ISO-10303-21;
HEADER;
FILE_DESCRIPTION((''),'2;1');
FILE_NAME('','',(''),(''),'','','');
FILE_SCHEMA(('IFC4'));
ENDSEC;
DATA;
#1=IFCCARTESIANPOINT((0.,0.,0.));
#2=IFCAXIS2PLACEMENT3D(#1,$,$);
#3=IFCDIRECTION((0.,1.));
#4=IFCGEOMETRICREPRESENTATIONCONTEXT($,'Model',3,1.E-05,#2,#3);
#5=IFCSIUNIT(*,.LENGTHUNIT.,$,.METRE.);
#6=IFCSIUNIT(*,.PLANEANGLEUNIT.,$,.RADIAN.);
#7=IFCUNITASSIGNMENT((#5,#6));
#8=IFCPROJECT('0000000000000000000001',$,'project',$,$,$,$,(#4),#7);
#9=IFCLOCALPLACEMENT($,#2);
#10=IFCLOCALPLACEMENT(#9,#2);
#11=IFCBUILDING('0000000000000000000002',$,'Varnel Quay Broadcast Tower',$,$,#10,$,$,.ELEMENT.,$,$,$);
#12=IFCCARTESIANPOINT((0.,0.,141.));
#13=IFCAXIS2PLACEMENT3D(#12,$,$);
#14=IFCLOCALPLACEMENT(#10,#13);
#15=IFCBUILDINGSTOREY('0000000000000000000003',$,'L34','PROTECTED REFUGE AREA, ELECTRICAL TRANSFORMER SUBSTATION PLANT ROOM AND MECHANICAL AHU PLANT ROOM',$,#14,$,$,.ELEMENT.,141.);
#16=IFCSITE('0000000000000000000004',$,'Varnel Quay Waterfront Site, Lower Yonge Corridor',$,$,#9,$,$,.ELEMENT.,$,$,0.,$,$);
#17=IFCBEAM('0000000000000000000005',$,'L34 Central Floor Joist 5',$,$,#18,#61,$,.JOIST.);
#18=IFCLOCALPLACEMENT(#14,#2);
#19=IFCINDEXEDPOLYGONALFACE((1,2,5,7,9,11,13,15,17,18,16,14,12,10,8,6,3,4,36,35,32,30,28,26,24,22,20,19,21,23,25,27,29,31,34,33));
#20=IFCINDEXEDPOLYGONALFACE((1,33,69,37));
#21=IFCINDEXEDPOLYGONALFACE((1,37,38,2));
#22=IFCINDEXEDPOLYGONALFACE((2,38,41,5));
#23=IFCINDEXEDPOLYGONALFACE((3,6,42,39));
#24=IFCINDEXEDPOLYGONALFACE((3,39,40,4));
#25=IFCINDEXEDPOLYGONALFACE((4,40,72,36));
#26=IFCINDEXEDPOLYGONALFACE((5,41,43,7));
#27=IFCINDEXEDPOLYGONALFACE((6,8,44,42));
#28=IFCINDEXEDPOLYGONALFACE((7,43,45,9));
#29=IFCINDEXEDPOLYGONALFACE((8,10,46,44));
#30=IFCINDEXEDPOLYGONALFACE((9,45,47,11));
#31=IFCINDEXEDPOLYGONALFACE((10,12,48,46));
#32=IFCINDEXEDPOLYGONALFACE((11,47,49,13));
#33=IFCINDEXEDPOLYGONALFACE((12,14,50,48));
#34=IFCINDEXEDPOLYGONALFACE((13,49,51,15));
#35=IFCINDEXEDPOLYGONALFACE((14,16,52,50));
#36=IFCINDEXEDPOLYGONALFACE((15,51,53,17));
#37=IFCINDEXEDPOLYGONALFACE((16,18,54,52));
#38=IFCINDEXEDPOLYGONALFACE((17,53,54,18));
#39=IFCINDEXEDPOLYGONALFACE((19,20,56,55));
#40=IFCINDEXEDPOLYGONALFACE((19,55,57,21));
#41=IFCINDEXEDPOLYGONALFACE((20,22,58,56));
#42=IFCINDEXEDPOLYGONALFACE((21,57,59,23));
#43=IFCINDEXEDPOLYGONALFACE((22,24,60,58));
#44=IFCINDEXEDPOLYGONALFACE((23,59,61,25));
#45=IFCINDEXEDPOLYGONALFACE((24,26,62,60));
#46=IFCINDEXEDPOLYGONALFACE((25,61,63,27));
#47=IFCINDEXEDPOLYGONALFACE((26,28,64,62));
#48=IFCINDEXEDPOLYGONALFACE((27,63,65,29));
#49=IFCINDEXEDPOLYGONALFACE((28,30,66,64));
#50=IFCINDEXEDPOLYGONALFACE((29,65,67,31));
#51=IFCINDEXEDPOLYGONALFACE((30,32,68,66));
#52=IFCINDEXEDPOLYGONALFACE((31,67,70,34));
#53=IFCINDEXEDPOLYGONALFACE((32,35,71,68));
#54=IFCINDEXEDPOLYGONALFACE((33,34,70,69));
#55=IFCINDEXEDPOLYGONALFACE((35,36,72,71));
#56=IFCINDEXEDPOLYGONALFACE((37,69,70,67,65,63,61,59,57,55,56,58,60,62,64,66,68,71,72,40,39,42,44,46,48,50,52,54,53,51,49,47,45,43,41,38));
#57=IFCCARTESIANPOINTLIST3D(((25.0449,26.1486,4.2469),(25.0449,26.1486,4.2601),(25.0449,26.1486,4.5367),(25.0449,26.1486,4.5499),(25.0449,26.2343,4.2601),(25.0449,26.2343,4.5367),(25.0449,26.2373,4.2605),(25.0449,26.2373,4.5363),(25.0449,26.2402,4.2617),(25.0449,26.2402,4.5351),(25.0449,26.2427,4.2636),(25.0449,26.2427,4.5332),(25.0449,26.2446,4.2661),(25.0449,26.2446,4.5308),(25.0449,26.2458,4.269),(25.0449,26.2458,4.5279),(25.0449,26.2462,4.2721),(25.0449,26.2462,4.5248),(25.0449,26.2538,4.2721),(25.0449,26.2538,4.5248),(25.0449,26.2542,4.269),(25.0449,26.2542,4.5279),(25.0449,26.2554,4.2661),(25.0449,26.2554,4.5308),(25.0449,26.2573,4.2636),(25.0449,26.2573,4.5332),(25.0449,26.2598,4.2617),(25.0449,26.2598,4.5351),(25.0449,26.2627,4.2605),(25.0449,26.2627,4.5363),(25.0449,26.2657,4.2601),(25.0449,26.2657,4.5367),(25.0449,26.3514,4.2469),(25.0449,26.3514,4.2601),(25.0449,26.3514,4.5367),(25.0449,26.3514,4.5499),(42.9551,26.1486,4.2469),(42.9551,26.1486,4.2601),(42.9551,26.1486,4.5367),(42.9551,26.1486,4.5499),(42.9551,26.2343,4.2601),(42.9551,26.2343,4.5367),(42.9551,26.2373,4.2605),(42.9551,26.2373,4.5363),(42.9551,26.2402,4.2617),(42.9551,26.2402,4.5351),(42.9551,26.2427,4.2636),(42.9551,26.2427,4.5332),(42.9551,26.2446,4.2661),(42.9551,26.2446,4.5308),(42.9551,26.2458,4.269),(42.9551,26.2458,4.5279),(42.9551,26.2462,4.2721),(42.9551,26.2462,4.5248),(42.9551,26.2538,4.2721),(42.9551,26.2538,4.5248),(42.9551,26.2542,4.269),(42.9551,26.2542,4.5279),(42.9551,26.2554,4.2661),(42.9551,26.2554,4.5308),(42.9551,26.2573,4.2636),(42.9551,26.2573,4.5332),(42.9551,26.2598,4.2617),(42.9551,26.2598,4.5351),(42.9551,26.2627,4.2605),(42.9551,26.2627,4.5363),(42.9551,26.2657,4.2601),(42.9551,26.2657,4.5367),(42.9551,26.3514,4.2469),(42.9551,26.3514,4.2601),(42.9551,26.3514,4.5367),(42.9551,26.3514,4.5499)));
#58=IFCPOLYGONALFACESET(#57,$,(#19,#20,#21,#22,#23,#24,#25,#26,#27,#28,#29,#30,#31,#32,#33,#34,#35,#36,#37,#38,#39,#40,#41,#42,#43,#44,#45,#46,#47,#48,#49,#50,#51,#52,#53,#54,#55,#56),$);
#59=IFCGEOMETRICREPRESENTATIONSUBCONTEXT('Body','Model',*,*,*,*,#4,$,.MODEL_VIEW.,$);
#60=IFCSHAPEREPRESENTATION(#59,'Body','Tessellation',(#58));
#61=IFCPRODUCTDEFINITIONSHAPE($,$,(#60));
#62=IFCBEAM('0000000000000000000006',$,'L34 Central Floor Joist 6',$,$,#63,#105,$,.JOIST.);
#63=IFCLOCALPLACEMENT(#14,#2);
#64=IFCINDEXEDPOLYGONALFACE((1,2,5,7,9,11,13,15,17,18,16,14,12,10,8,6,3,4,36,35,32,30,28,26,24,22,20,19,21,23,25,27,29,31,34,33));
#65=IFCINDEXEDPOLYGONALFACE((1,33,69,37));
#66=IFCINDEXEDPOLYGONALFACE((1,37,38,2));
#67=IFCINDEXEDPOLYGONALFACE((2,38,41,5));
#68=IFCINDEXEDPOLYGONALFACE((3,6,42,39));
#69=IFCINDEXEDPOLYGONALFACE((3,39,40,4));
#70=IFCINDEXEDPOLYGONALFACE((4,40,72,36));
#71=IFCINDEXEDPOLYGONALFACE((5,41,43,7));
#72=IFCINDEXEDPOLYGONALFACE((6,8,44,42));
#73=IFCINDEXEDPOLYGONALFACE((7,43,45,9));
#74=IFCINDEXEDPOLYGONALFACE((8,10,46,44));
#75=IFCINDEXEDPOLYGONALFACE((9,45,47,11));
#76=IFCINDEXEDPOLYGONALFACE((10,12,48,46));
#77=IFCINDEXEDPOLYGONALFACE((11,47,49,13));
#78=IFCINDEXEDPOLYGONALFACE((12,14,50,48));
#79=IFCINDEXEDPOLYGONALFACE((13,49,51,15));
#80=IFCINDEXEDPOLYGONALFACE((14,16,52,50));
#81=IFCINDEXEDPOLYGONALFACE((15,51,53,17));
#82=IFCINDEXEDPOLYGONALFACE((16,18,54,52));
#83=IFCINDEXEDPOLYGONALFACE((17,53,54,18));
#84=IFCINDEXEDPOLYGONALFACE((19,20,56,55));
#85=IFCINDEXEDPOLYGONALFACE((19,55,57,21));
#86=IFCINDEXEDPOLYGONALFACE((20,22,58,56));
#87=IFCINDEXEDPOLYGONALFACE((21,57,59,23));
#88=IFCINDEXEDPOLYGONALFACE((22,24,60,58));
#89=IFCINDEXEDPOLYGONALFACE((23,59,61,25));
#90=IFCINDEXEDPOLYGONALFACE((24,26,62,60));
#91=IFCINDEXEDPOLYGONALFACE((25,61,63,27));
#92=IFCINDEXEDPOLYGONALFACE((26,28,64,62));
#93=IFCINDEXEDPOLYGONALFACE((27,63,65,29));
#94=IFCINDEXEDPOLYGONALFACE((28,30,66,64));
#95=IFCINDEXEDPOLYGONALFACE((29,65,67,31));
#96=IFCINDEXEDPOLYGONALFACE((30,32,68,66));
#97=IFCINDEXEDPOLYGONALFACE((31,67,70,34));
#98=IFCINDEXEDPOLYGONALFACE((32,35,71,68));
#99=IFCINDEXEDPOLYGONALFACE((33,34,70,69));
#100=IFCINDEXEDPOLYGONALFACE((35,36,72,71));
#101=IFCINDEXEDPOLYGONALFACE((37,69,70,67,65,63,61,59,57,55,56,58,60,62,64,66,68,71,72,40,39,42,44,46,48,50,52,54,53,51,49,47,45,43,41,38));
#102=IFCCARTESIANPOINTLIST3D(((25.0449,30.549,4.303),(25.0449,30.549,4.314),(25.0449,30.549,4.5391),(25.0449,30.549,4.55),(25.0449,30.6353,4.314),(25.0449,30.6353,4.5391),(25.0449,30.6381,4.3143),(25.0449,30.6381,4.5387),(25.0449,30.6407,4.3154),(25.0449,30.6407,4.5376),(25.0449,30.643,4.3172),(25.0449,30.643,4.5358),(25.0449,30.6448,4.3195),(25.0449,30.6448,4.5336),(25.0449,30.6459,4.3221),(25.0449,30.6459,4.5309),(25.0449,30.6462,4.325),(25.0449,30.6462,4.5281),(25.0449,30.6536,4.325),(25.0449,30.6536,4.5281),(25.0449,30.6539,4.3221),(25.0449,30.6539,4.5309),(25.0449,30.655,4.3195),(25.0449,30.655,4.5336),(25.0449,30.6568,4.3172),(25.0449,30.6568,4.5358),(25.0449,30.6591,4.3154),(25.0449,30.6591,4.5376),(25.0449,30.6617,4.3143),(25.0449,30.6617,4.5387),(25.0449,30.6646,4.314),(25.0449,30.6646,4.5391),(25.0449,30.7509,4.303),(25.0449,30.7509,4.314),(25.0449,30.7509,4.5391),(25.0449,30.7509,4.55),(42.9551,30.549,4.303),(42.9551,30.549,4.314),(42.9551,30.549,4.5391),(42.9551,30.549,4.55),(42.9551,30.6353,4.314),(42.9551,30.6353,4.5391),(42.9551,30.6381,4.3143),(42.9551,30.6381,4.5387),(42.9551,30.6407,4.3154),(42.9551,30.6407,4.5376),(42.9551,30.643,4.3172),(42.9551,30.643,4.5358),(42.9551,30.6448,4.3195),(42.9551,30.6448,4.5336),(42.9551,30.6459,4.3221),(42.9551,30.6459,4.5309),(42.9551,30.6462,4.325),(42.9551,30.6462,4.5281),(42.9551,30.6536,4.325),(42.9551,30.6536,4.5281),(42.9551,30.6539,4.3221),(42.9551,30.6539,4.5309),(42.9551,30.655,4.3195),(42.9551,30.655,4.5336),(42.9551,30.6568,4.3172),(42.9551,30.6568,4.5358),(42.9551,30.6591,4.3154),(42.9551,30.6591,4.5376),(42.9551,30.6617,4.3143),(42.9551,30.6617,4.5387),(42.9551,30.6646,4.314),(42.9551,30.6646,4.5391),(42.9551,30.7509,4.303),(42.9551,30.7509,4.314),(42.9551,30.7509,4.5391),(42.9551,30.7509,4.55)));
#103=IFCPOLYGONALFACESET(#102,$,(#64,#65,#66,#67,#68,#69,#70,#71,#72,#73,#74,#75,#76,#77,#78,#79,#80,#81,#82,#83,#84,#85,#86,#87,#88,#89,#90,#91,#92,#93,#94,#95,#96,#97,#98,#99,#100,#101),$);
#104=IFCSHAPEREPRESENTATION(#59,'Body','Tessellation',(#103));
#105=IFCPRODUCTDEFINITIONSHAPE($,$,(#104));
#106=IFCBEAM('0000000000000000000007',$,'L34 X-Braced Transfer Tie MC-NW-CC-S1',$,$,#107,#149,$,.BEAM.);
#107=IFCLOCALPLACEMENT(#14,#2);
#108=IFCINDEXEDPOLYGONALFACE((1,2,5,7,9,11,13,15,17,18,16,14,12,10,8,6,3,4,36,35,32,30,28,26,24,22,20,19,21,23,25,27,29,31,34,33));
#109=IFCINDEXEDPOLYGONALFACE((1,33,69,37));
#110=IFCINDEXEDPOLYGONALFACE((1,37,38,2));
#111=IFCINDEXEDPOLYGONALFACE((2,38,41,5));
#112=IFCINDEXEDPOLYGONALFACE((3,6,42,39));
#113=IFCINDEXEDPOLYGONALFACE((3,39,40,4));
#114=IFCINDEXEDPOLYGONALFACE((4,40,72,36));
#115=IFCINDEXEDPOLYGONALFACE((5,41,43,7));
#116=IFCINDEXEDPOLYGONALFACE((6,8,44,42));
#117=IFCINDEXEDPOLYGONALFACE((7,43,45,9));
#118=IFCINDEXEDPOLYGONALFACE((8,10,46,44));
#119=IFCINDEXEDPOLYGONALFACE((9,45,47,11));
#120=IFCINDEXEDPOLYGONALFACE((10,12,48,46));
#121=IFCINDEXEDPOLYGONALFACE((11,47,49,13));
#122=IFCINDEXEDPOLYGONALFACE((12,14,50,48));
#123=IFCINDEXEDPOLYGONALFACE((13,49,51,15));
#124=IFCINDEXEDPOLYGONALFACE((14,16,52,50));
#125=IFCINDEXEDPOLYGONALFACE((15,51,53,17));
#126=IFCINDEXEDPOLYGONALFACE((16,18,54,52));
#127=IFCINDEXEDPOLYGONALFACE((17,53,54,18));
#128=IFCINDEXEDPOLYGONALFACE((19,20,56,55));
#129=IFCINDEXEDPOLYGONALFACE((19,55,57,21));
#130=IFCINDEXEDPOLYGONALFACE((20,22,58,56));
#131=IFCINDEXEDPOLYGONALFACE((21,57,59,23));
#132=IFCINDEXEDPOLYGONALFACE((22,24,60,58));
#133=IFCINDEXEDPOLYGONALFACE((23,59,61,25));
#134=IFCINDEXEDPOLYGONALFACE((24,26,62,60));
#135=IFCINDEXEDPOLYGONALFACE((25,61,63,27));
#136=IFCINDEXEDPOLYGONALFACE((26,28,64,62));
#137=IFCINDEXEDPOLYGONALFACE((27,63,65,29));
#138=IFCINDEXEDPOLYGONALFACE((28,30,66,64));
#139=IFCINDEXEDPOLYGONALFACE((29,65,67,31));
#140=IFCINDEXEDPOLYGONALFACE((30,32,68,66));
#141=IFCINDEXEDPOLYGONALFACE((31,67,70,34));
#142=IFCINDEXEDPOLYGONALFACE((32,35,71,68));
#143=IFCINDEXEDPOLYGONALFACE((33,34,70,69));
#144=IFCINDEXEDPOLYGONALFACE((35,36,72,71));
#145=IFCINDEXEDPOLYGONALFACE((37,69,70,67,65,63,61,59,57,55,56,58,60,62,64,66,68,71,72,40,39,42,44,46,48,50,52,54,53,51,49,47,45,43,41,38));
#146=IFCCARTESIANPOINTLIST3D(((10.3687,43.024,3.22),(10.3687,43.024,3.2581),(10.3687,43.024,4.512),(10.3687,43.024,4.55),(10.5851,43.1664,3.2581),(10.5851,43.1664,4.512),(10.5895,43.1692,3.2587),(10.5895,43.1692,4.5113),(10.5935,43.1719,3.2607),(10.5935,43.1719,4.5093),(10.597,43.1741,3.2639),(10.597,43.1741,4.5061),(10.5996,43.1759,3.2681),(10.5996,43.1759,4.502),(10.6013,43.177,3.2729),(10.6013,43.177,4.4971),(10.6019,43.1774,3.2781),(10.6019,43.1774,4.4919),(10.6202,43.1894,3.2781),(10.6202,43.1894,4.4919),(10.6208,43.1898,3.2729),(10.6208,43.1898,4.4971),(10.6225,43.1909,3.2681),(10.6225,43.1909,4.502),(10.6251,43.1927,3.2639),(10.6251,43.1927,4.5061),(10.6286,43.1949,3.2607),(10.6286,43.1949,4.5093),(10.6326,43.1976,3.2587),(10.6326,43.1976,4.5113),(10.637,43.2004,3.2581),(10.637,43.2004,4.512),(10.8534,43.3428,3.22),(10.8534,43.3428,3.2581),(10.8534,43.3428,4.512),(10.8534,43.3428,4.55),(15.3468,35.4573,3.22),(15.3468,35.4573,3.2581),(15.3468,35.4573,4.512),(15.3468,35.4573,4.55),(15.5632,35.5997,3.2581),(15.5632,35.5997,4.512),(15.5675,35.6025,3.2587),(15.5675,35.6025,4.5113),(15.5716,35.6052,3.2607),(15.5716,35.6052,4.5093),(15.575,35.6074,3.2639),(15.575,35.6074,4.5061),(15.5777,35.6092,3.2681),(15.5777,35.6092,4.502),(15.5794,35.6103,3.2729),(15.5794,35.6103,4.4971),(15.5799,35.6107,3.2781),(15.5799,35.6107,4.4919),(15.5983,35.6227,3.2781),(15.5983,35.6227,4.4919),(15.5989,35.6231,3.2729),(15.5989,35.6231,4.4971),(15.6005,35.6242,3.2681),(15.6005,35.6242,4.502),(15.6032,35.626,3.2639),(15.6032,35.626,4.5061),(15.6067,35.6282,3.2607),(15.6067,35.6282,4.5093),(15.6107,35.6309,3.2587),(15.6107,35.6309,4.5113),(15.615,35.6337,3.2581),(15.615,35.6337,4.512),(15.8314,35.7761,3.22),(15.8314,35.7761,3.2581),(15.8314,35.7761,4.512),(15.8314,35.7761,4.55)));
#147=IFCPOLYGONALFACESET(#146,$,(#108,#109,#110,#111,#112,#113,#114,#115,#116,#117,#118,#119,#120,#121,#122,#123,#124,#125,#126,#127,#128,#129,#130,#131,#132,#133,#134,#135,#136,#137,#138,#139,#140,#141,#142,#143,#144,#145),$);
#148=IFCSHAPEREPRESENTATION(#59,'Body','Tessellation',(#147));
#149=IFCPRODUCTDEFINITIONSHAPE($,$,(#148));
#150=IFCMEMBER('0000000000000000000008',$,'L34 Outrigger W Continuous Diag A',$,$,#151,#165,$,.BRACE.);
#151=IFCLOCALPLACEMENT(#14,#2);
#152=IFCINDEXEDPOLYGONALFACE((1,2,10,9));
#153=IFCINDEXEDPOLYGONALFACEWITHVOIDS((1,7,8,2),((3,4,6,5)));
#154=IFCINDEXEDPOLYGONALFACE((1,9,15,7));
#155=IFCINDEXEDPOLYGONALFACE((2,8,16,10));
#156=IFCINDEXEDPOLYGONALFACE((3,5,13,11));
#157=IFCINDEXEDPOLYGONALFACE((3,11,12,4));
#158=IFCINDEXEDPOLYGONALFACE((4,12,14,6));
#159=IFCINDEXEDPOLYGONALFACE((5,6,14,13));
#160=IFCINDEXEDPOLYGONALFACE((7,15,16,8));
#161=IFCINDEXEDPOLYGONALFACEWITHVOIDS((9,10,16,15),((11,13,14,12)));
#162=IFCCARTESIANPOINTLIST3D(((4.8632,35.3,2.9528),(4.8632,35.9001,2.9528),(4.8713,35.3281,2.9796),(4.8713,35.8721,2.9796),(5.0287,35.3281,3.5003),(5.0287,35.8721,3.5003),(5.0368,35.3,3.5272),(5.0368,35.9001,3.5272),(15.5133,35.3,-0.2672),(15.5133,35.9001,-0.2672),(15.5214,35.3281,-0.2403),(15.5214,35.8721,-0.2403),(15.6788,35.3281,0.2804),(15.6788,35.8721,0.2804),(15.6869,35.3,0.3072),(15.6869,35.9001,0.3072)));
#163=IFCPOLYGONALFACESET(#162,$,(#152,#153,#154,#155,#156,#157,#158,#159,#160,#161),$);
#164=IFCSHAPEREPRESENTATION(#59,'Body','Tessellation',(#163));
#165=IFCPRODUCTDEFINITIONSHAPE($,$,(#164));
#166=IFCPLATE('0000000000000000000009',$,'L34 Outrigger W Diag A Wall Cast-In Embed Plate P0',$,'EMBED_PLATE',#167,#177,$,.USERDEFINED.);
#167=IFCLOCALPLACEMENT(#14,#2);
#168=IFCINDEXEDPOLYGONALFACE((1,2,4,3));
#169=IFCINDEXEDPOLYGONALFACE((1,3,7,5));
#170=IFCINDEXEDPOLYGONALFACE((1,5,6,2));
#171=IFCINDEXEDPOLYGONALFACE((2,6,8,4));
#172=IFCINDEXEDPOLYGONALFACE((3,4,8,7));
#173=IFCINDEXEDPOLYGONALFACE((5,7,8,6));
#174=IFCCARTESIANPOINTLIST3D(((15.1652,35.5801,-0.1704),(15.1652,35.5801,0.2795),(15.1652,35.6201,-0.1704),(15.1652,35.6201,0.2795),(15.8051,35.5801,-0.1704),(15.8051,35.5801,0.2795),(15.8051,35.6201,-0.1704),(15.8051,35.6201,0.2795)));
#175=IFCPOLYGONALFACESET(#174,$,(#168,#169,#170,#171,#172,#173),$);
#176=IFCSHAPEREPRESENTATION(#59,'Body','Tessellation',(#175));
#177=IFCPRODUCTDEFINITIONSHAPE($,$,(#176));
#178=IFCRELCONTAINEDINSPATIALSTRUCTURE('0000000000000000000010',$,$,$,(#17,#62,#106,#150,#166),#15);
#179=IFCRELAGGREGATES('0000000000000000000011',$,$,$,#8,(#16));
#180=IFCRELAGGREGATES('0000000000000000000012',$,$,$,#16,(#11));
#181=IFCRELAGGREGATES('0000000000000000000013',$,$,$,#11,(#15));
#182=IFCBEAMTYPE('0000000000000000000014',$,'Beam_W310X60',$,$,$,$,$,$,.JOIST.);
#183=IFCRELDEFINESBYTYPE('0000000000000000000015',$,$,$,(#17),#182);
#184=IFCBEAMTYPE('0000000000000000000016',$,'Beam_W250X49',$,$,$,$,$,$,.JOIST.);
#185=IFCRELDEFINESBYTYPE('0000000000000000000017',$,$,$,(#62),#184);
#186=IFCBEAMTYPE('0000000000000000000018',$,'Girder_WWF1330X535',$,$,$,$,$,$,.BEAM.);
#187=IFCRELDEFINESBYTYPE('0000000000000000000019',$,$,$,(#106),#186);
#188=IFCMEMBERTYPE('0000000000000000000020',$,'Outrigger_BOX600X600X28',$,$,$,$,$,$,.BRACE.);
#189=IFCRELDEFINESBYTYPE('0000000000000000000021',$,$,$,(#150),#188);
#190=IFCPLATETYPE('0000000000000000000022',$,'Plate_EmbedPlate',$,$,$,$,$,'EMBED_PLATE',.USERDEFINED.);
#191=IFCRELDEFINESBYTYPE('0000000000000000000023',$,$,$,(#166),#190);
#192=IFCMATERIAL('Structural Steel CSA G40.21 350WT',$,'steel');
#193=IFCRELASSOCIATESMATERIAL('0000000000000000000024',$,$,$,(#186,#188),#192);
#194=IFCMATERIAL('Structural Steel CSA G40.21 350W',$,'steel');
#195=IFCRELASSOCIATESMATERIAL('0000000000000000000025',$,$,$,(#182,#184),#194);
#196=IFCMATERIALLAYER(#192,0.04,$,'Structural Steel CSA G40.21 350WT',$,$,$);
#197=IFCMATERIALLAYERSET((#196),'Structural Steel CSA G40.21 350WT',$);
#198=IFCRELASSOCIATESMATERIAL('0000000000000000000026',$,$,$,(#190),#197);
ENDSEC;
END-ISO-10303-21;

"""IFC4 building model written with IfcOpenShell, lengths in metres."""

from ifc_helpers import new_model, si_unit, direction, frame, origin, origin_2d, place, context, subcontext, project, spatial, rectangle, hollow_rectangle, i_section, extrude, source, transform, mapped, material, layer, layer_set, material_profile, profile_set, type_object, type_shapes, element, save


model = new_model("IFC4")

# Units and contexts
model_context = context("Model", 3, precision=1e-05, world=origin(), true_north=direction((0.0, 1.0)))
body_context = subcontext(model_context, "Body", "Model", "MODEL_VIEW")
ifc_project = project(units=[si_unit("LENGTHUNIT", "METRE"), si_unit("PLANEANGLEUNIT", "RADIAN")], contexts=[model_context])

# Site, building, storey
site_placement = place(None, origin())
site = spatial("IfcSite", under=ifc_project, at=site_placement, Name="Varnel Quay Waterfront Site, Lower Yonge Corridor", CompositionType="ELEMENT", RefElevation=0.0)
building_placement = place(site_placement, origin())
building = spatial("IfcBuilding", under=site, at=building_placement, Name="Varnel Quay Broadcast Tower", CompositionType="ELEMENT")
storey_placement = place(building_placement, frame((0.0, 0.0, 141.0)))
storey = spatial("IfcBuildingStorey", under=building, at=storey_placement, Name="L34", Description="PROTECTED REFUGE AREA, ELECTRICAL TRANSFORMER SUBSTATION PLANT ROOM AND MECHANICAL AHU PLANT ROOM", CompositionType="ELEMENT", Elevation=141.0)

# Shared definitions
ifc_material_1 = material(Name="Structural Steel CSA G40.21 350WT", Category="steel")

# Beams
ifc_material_profile_1 = material_profile(ifc_material_1, i_section(OverallWidth=0.5801, OverallDepth=1.3301, WebThickness=0.022, FlangeThickness=0.0381, FilletRadius=0.02, at=origin_2d()), Name="WWF1330X535")
ifc_profile_set_1 = profile_set([ifc_material_profile_1], Name="Structural Steel CSA G40.21 350WT")
beam_type_1 = type_object("IfcBeamType", Name="Girder_WWF1330X535", PredefinedType="BEAM", material=ifc_profile_set_1)
ifc_material_2 = material(Name="Structural Steel CSA G40.21 350W", Category="steel")
ifc_material_profile_2 = material_profile(ifc_material_2, i_section(OverallWidth=0.2029, OverallDepth=0.303, WebThickness=0.0076, FlangeThickness=0.0132, FilletRadius=0.012, at=origin_2d()), Name="W310X60")
ifc_profile_set_2 = profile_set([ifc_material_profile_2], Name="Structural Steel CSA G40.21 350W")
beam_type_2 = type_object("IfcBeamType", Name="Beam_W310X60", PredefinedType="JOIST", material=ifc_profile_set_2)
shared_shape_1 = source(origin(), body_context, "Body", "SweptSolid", [
    extrude(i_section(OverallWidth=0.2029, OverallDepth=0.303, WebThickness=0.0076, FlangeThickness=0.0132, FilletRadius=0.012, at=origin_2d()), origin(), (0.0, 0.0, 1.0), 17.9102),
])
type_shapes(beam_type_2, [shared_shape_1])
beam_1_placement = place(storey_placement, frame((25.0449, 26.25, 4.3984), z_axis=(1.0, 0.0, 0.0), x_axis=(0.0, 1.0, 0.0)))
element("IfcBeam", 1, at=beam_1_placement, inside=storey, type_object=beam_type_2, Name="L34 Central Floor Joist 5", PredefinedType="JOIST", context=body_context, shape_type="MappedRepresentation", body=[
    mapped(shared_shape_1, transform((0.0, 0.0, 0.0), x_axis=(1.0, 0.0, 0.0), y_axis=(0.0, 1.0, 0.0), z_axis=(0.0, 0.0, 1.0), scale=1.0)),
])
ifc_material_profile_3 = material_profile(ifc_material_2, i_section(OverallWidth=0.2019, OverallDepth=0.2471, WebThickness=0.0073, FlangeThickness=0.011, FilletRadius=0.011, at=origin_2d()), Name="W250X49")
ifc_profile_set_3 = profile_set([ifc_material_profile_3], Name="Structural Steel CSA G40.21 350W")
beam_type_3 = type_object("IfcBeamType", Name="Beam_W250X49", PredefinedType="JOIST", material=ifc_profile_set_3)
shared_shape_2 = source(origin(), body_context, "Body", "SweptSolid", [
    extrude(i_section(OverallWidth=0.2019, OverallDepth=0.2471, WebThickness=0.0073, FlangeThickness=0.011, FilletRadius=0.011, at=origin_2d()), origin(), (0.0, 0.0, 1.0), 17.9102),
])
type_shapes(beam_type_3, [shared_shape_2])
beam_2_placement = place(storey_placement, frame((25.0449, 30.6499, 4.4265), z_axis=(1.0, 0.0, 0.0), x_axis=(0.0, 1.0, 0.0)))
element("IfcBeam", 2, at=beam_2_placement, inside=storey, type_object=beam_type_3, Name="L34 Central Floor Joist 6", PredefinedType="JOIST", context=body_context, shape_type="MappedRepresentation", body=[
    mapped(shared_shape_2, transform((0.0, 0.0, 0.0), x_axis=(1.0, 0.0, 0.0), y_axis=(0.0, 1.0, 0.0), z_axis=(0.0, 0.0, 1.0), scale=1.0)),
])
shared_shape_3 = source(origin(), body_context, "Body", "SweptSolid", [
    extrude(i_section(OverallWidth=0.5801, OverallDepth=1.3301, WebThickness=0.022, FlangeThickness=0.0381, FilletRadius=0.02, at=origin_2d()), origin(), (0.0, 0.0, 1.0), 9.0574),
])
beam_3_placement = place(storey_placement, frame((15.5891, 35.6167, 3.885), z_axis=(-0.549614, 0.835419, 0.0), x_axis=(-0.835419, -0.549614, 0.0)))
element("IfcBeam", 3, at=beam_3_placement, inside=storey, type_object=beam_type_1, Name="L34 X-Braced Transfer Tie MC-NW-CC-S1", PredefinedType="BEAM", context=body_context, shape_type="MappedRepresentation", body=[
    mapped(shared_shape_3, transform((0.0, 0.0, 0.0), x_axis=(1.0, 0.0, 0.0), y_axis=(0.0, 1.0, 0.0), z_axis=(0.0, 0.0, 1.0), scale=1.0)),
])

# Member
ifc_material_profile_4 = material_profile(ifc_material_1, hollow_rectangle(XDim=0.6001, YDim=0.6001, WallThickness=0.0281, at=origin_2d()), Name="BOX600X600X28")
ifc_profile_set_4 = profile_set([ifc_material_profile_4], Name="Structural Steel CSA G40.21 350WT")
member_type = type_object("IfcMemberType", Name="Outrigger_BOX600X600X28", PredefinedType="BRACE", material=ifc_profile_set_4)
shared_shape_4 = source(origin(), body_context, "Body", "SweptSolid", [
    extrude(hollow_rectangle(XDim=0.6001, YDim=0.6001, WallThickness=0.0281, at=origin_2d()), origin(), (0.0, 0.0, 1.0), 11.1262),
])
type_shapes(member_type, [shared_shape_4])
member_placement = place(storey_placement, frame((15.6001, 35.6001, 0.02), z_axis=(-0.957207, 0.0, 0.289403), x_axis=(0.0, -1.0, 0.0)))
element("IfcMember", 4, at=member_placement, inside=storey, type_object=member_type, Name="L34 Outrigger W Continuous Diag A", PredefinedType="BRACE", context=body_context, shape_type="MappedRepresentation", body=[
    mapped(shared_shape_4, transform((0.0, 0.0, 0.0), x_axis=(1.0, 0.0, 0.0), y_axis=(0.0, 1.0, 0.0), z_axis=(0.0, 0.0, 1.0), scale=1.0)),
])

# Plate
ifc_layer_1 = layer(ifc_material_1, 0.04, Name="Structural Steel CSA G40.21 350WT")
ifc_layer_set_1 = layer_set([ifc_layer_1], Name="Structural Steel CSA G40.21 350WT")
plate_type = type_object("IfcPlateType", Name="Plate_EmbedPlate", ElementType="EMBED_PLATE", PredefinedType="USERDEFINED", material=ifc_layer_set_1)
shared_shape_5 = source(origin(), body_context, "Body", "SweptSolid", [
    extrude(rectangle(XDim=0.6399, YDim=0.04, at=origin_2d()), origin(), (0.0, 0.0, 1.0), 0.45),
])
type_shapes(plate_type, [shared_shape_5])
for number, where, z_axis, x_axis, name in (
    (5, (15.4851, 35.6001, -0.1704), (0.0, 0.0, 1.0), (1.0, 0.0, 0.0), "L34 Outrigger W Diag A Wall Cast-In Embed Plate P0"),
):
    element("IfcPlate", number, at=place(storey_placement, frame(where, z_axis=z_axis, x_axis=x_axis)), inside=storey, type_object=plate_type, Name=name, ObjectType="EMBED_PLATE", PredefinedType="USERDEFINED", context=body_context, shape_type="MappedRepresentation", body=[
        mapped(shared_shape_5, transform((0.0, 0.0, 0.0), x_axis=(1.0, 0.0, 0.0), y_axis=(0.0, 1.0, 0.0), z_axis=(0.0, 0.0, 1.0), scale=1.0)),
    ])

save(model, "model.ifc")
